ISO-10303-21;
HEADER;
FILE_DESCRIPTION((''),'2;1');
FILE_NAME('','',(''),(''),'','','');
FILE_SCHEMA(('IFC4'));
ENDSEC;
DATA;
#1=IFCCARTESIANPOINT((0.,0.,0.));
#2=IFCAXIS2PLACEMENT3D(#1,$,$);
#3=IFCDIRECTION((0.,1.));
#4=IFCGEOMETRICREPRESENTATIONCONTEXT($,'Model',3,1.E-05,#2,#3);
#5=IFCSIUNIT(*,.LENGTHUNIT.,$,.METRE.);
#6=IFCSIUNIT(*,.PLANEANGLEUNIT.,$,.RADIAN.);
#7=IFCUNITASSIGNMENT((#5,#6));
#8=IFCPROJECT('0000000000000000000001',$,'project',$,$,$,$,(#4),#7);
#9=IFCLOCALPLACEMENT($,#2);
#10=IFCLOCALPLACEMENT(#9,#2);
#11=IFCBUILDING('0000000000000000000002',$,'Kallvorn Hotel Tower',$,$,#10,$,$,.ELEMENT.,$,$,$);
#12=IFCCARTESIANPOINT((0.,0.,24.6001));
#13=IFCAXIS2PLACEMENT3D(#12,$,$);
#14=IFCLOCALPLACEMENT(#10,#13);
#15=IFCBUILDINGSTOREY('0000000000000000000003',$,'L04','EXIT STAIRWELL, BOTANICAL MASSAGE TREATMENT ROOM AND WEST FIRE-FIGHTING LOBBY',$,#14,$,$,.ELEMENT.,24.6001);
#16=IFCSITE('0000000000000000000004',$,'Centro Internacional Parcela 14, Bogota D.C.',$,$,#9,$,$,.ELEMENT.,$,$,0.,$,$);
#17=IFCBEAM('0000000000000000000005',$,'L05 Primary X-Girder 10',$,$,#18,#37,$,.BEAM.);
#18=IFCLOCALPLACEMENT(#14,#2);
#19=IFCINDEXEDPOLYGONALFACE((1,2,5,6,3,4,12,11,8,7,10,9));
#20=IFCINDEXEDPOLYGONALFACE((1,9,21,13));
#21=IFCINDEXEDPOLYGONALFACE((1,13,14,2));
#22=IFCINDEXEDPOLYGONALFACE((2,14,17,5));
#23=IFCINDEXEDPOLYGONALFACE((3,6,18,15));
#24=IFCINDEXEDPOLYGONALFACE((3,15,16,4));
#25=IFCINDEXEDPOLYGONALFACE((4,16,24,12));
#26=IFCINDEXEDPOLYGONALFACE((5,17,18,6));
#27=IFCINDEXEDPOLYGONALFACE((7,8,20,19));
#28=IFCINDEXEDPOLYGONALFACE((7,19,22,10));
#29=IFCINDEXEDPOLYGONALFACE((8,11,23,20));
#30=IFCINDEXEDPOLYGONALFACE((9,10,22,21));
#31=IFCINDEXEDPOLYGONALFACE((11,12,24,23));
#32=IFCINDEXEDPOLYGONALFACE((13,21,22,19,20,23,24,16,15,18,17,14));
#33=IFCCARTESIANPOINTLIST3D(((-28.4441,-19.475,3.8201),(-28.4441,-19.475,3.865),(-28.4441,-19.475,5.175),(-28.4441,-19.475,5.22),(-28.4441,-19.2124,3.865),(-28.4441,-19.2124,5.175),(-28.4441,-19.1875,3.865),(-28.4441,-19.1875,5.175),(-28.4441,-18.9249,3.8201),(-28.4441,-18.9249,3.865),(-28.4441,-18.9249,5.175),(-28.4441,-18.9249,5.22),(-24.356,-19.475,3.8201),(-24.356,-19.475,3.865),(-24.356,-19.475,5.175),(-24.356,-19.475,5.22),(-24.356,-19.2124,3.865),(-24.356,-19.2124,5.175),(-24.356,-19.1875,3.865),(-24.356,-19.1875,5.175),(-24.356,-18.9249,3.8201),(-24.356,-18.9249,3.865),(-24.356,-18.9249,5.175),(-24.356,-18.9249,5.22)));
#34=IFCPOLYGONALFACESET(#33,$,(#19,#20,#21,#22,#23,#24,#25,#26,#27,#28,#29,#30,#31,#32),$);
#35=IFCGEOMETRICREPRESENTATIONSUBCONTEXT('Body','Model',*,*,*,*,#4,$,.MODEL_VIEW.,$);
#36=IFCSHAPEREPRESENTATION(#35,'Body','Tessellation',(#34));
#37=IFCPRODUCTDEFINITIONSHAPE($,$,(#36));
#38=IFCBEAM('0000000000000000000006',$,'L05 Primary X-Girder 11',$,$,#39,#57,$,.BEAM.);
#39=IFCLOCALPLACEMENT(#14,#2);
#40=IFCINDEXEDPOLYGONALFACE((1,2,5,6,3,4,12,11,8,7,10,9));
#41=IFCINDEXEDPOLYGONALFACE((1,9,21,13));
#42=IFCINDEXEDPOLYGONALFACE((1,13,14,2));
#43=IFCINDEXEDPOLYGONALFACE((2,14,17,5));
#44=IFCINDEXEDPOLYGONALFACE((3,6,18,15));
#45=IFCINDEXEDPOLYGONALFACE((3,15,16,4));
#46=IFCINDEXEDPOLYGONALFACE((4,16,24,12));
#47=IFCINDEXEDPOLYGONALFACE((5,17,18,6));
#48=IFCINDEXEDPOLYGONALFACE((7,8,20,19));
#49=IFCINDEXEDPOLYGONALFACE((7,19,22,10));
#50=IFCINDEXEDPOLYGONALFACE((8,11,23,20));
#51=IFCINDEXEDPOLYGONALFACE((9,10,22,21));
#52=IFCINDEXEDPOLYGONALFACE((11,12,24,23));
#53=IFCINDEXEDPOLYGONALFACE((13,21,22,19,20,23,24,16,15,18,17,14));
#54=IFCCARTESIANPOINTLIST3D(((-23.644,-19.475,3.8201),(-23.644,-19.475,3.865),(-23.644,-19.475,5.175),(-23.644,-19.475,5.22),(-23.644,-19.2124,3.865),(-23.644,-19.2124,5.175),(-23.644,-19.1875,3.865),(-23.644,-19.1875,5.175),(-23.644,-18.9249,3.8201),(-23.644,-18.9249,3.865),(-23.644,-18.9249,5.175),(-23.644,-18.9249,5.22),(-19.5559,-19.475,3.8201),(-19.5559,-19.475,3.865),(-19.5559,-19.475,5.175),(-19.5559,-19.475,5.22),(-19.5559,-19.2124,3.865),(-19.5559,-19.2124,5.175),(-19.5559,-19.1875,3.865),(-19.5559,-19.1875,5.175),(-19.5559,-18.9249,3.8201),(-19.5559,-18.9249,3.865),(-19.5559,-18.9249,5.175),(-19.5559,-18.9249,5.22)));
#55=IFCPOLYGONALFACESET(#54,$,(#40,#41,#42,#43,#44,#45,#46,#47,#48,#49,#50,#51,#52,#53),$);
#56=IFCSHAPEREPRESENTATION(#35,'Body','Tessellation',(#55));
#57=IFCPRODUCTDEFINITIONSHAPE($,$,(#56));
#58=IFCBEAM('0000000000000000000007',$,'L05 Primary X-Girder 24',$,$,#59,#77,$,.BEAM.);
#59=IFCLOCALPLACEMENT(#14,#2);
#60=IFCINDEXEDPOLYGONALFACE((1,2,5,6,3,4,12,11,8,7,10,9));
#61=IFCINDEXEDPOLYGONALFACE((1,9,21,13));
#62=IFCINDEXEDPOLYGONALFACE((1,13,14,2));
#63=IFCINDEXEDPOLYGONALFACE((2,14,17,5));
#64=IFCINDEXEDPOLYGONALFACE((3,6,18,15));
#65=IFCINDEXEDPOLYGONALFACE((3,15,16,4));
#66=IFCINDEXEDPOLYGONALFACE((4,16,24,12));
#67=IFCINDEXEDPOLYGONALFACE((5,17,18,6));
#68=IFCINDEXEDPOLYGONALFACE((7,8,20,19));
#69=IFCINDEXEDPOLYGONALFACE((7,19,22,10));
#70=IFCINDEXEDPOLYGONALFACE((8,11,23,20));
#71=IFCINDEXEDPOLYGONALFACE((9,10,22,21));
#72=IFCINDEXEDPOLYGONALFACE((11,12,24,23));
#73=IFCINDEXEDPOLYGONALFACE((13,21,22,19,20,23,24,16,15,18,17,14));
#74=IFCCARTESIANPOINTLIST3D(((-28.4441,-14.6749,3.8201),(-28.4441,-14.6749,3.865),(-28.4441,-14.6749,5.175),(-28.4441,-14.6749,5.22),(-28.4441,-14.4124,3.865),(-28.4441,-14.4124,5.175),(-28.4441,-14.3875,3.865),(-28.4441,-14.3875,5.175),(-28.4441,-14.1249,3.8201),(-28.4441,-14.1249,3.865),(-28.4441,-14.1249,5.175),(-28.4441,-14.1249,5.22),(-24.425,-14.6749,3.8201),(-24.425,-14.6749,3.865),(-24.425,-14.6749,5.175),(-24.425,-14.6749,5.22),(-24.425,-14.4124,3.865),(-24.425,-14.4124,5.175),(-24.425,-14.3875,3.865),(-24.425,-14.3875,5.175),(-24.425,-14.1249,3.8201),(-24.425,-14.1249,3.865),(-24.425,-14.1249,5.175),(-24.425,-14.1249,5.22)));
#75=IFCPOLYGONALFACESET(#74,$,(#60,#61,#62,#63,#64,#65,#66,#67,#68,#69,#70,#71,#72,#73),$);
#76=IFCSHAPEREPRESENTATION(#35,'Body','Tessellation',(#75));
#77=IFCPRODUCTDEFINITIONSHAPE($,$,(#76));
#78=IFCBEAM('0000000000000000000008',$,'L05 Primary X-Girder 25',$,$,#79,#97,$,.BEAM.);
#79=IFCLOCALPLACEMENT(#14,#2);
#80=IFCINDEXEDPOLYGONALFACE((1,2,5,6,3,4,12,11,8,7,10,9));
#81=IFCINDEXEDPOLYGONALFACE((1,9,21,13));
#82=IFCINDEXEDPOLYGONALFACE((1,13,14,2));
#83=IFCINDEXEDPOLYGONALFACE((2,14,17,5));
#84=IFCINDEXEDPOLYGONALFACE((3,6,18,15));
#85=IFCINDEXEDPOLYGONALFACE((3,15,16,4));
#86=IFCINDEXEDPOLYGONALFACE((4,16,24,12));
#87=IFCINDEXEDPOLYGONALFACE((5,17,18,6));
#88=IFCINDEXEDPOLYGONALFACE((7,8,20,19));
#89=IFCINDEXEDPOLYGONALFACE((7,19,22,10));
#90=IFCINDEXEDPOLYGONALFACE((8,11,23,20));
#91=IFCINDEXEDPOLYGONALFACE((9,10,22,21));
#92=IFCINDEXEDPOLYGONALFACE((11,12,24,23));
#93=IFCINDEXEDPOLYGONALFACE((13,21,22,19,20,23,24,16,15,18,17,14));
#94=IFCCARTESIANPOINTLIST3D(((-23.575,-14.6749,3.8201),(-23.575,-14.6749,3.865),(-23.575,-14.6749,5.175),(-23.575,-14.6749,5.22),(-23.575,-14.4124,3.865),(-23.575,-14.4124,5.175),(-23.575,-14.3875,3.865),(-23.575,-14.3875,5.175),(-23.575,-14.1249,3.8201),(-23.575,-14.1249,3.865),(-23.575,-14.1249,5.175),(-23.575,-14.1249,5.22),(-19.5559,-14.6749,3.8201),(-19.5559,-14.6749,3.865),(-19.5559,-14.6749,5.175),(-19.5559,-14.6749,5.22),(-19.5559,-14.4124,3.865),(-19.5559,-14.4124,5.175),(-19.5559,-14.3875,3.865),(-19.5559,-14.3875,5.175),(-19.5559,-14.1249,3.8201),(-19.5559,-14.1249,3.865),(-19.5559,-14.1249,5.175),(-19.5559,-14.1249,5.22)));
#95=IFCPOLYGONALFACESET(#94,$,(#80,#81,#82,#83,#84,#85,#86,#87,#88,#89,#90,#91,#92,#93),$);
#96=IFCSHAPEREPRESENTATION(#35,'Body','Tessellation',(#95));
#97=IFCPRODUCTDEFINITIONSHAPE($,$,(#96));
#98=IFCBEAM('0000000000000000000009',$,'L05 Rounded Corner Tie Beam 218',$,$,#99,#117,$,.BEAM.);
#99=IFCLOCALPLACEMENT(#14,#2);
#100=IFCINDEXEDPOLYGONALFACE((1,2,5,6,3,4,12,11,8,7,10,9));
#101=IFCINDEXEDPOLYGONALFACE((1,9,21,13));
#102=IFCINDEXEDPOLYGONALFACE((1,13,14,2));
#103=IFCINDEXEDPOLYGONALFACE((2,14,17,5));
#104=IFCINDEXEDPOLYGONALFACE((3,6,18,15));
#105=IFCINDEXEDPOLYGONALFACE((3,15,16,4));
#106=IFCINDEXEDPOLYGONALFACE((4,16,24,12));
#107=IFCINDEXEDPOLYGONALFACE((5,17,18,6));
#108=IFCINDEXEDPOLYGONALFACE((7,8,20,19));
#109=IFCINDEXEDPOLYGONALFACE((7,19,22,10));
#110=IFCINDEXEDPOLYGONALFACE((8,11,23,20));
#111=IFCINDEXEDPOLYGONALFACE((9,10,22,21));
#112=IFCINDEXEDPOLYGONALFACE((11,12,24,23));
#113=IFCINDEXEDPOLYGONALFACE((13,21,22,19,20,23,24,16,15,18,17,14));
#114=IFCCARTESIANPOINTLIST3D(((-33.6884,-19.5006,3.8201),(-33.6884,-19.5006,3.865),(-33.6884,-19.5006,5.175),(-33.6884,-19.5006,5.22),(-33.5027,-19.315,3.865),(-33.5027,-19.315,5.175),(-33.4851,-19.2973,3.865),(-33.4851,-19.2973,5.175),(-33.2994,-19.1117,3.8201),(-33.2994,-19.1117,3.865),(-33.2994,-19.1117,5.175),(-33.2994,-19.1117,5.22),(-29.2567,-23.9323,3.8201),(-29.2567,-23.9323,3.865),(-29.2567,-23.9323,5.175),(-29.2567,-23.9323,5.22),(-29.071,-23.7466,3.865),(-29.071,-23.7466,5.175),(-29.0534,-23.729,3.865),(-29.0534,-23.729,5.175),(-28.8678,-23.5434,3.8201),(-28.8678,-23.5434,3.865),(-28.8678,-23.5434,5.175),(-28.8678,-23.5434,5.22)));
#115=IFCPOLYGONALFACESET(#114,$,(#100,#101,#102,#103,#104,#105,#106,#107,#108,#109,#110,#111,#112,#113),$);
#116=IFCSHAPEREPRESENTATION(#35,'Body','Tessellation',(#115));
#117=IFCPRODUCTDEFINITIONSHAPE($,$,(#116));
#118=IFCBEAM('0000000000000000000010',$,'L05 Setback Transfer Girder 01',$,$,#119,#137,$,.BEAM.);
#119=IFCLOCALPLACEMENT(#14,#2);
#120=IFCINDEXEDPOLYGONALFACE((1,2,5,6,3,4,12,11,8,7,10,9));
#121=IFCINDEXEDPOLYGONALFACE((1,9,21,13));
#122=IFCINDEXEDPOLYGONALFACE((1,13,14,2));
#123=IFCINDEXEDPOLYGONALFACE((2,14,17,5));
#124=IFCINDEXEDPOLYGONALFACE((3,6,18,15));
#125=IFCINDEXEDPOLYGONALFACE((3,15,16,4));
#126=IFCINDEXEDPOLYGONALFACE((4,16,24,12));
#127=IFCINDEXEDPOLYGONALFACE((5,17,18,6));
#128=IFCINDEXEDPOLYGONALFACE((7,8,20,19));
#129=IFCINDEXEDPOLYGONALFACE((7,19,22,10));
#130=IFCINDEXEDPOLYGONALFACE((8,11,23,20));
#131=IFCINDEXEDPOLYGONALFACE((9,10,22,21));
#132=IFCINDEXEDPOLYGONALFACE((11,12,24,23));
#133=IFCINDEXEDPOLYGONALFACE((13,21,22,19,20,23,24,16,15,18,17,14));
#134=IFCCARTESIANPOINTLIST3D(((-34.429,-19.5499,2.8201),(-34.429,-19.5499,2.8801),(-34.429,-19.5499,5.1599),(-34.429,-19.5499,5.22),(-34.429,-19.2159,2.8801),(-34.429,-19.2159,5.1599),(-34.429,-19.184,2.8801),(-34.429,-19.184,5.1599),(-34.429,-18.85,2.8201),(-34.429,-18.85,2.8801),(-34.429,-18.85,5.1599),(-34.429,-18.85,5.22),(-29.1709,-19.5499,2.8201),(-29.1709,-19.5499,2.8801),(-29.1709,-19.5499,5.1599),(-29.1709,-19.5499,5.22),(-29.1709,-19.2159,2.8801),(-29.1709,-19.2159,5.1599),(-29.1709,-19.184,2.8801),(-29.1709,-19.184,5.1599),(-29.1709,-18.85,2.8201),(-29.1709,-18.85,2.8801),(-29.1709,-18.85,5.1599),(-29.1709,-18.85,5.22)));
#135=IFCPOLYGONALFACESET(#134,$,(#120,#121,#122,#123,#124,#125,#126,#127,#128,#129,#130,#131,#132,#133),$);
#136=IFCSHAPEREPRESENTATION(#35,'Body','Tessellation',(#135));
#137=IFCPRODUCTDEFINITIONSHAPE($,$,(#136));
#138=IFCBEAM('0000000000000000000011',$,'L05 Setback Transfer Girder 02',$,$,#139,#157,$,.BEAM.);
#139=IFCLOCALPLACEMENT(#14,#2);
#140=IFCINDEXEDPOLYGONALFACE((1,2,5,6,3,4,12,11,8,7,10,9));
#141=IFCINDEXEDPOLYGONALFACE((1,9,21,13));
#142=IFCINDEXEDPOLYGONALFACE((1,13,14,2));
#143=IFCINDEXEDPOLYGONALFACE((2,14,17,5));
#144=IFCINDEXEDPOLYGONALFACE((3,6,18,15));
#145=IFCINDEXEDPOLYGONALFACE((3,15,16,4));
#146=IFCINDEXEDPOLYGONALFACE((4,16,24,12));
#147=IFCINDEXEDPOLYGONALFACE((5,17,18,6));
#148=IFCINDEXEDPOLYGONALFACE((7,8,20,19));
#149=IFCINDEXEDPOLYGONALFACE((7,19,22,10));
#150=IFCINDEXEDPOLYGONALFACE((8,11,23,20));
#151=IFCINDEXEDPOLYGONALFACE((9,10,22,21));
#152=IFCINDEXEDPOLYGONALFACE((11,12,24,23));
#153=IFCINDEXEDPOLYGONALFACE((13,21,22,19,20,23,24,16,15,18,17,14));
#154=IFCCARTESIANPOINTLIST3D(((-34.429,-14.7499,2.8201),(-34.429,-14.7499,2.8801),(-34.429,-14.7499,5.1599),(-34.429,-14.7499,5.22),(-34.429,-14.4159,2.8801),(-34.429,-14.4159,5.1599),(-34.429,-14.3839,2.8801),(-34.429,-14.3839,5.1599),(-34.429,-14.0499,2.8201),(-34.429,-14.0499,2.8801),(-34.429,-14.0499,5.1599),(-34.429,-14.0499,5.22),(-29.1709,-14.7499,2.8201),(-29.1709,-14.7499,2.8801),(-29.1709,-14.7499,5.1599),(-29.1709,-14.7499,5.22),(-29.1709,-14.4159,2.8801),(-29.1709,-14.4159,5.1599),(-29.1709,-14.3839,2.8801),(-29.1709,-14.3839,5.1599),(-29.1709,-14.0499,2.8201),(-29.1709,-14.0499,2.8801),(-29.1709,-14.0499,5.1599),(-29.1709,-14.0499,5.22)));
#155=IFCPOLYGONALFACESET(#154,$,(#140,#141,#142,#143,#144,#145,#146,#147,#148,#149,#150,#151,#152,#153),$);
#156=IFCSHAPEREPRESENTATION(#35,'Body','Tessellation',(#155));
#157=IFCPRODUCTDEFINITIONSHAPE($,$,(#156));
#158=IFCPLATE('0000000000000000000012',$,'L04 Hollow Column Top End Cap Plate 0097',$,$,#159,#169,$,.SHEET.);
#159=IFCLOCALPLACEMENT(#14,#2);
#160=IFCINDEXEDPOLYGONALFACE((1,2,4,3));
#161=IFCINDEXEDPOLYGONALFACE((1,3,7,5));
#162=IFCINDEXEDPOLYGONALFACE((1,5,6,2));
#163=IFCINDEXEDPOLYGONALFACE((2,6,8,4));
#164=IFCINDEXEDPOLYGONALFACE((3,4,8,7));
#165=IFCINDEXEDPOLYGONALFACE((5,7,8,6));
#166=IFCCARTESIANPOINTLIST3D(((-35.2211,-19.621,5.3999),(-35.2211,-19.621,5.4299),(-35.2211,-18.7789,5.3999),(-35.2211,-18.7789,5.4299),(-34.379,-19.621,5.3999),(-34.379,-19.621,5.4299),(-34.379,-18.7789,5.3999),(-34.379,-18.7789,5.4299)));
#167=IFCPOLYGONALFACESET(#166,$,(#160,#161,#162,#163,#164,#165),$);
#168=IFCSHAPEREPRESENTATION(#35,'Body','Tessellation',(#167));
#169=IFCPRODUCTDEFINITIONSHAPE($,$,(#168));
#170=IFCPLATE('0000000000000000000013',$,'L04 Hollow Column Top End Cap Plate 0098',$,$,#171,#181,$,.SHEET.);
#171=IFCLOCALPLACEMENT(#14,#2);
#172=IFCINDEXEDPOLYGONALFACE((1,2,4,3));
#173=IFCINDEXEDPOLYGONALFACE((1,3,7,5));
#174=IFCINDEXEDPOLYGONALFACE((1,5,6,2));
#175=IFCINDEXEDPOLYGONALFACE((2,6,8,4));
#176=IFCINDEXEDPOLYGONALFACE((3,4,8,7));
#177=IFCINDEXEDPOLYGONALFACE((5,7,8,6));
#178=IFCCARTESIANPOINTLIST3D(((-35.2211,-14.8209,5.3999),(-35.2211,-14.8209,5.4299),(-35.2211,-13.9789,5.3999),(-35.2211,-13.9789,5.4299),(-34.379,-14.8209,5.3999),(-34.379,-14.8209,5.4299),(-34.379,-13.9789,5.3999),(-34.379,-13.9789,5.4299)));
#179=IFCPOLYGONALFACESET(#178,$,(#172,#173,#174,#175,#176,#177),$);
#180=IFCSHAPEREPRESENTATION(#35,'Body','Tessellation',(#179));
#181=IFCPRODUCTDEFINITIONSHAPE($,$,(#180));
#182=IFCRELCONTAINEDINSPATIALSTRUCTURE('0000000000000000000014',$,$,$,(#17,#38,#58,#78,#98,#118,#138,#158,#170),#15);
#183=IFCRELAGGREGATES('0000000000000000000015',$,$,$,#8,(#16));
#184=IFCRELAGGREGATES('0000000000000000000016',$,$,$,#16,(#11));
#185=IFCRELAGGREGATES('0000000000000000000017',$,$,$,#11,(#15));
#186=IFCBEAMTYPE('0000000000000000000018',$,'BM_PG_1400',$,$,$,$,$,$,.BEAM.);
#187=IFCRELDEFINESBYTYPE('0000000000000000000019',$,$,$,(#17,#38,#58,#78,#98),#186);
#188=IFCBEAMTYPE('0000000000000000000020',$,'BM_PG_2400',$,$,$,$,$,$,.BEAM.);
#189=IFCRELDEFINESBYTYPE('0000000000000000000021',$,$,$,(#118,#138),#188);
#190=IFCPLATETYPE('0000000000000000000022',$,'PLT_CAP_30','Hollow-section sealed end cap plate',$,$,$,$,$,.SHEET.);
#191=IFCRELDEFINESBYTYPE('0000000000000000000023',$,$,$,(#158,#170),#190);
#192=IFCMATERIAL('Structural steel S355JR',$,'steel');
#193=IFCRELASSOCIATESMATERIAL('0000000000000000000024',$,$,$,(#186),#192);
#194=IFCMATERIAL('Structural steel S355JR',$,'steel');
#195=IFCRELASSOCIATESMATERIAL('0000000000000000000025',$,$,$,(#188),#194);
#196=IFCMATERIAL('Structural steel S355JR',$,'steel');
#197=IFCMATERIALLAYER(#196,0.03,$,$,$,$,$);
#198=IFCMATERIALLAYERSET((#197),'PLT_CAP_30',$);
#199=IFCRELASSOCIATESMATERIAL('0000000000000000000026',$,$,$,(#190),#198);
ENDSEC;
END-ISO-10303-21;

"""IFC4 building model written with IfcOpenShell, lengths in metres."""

from ifc_helpers import new_model, si_unit, direction, frame, origin, origin_2d, place, context, subcontext, project, spatial, rectangle, i_section, extrude, material, layer, layer_set, material_profile, profile_set, type_object, element, save


model = new_model("IFC4")

# Units and contexts
model_context = context("Model", 3, precision=1e-05, world=origin(), true_north=direction((0.0, 1.0)))
body_context = subcontext(model_context, "Body", "Model", "MODEL_VIEW")
ifc_project = project(units=[si_unit("LENGTHUNIT", "METRE"), si_unit("PLANEANGLEUNIT", "RADIAN")], contexts=[model_context])

# Site, building, storey
site_placement = place(None, origin())
site = spatial("IfcSite", under=ifc_project, at=site_placement, Name="Centro Internacional Parcela 14, Bogota D.C.", CompositionType="ELEMENT", RefElevation=0.0)
building_placement = place(site_placement, origin())
building = spatial("IfcBuilding", under=site, at=building_placement, Name="Kallvorn Hotel Tower", CompositionType="ELEMENT")
storey_placement = place(building_placement, frame((0.0, 0.0, 24.6001)))
storey = spatial("IfcBuildingStorey", under=building, at=storey_placement, Name="L04", Description="EXIT STAIRWELL, BOTANICAL MASSAGE TREATMENT ROOM AND WEST FIRE-FIGHTING LOBBY", CompositionType="ELEMENT", Elevation=24.6001)

# Beams
ifc_material_1 = material(Name="Structural steel S355JR", Category="steel")
ifc_material_profile_1 = material_profile(ifc_material_1, i_section(OverallWidth=0.55, OverallDepth=1.3999, WebThickness=0.0249, FlangeThickness=0.0449, at=origin_2d()), Name="PG 1400x550x25x45")
ifc_profile_set_1 = profile_set([ifc_material_profile_1], Name="Structural steel S355JR")
beam_type_1 = type_object("IfcBeamType", Name="BM_PG_1400", PredefinedType="BEAM", material=ifc_profile_set_1)
for number, where, z_axis, x_axis, name in (
    (1, (-28.4441, -19.2, 4.52), (1.0, 0.0, 0.0), (0.0, 1.0, 0.0), "L05 Primary X-Girder 10"),
    (2, (-23.644, -19.2, 4.52), (1.0, 0.0, 0.0), (0.0, 1.0, 0.0), "L05 Primary X-Girder 11"),
):
    element("IfcBeam", number, at=place(storey_placement, frame(where, z_axis=z_axis, x_axis=x_axis)), inside=storey, type_object=beam_type_1, Name=name, PredefinedType="BEAM", context=body_context, shape_type="SweptSolid", body=[
        extrude(i_section(OverallWidth=0.55, OverallDepth=1.3999, WebThickness=0.0249, FlangeThickness=0.0449, at=origin_2d()), origin(), (0.0, 0.0, 1.0), 4.0881),
    ])
for number, where, z_axis, x_axis, name in (
    (3, (-28.4441, -14.3999, 4.52), (1.0, 0.0, 0.0), (0.0, 1.0, 0.0), "L05 Primary X-Girder 24"),
    (4, (-23.575, -14.3999, 4.52), (1.0, 0.0, 0.0), (0.0, 1.0, 0.0), "L05 Primary X-Girder 25"),
):
    element("IfcBeam", number, at=place(storey_placement, frame(where, z_axis=z_axis, x_axis=x_axis)), inside=storey, type_object=beam_type_1, Name=name, PredefinedType="BEAM", context=body_context, shape_type="SweptSolid", body=[
        extrude(i_section(OverallWidth=0.55, OverallDepth=1.3999, WebThickness=0.0249, FlangeThickness=0.0449, at=origin_2d()), origin(), (0.0, 0.0, 1.0), 4.019),
    ])
beam_1_placement = place(storey_placement, frame((-33.4939, -19.3062, 4.52), z_axis=(0.707107, -0.707107, 0.0), x_axis=(0.707107, 0.707107, 0.0)))
element("IfcBeam", 5, at=beam_1_placement, inside=storey, type_object=beam_type_1, Name="L05 Rounded Corner Tie Beam 218", PredefinedType="BEAM", context=body_context, shape_type="SweptSolid", body=[
    extrude(i_section(OverallWidth=0.55, OverallDepth=1.3999, WebThickness=0.0249, FlangeThickness=0.0449, at=origin_2d()), origin(), (0.0, 0.0, 1.0), 6.2673),
])
ifc_material_2 = material(Name="Structural steel S355JR", Category="steel")
ifc_material_profile_2 = material_profile(ifc_material_2, i_section(OverallWidth=0.7, OverallDepth=2.3999, WebThickness=0.032, FlangeThickness=0.0601, at=origin_2d()), Name="PG 2400x700x32x60")
ifc_profile_set_2 = profile_set([ifc_material_profile_2], Name="Structural steel S355JR")
beam_type_2 = type_object("IfcBeamType", Name="BM_PG_2400", PredefinedType="BEAM", material=ifc_profile_set_2)
for number, where, z_axis, x_axis, name in (
    (6, (-34.429, -19.2, 4.02), (1.0, 0.0, 0.0), (0.0, 1.0, 0.0), "L05 Setback Transfer Girder 01"),
    (7, (-34.429, -14.3999, 4.02), (1.0, 0.0, 0.0), (0.0, 1.0, 0.0), "L05 Setback Transfer Girder 02"),
):
    element("IfcBeam", number, at=place(storey_placement, frame(where, z_axis=z_axis, x_axis=x_axis)), inside=storey, type_object=beam_type_2, Name=name, PredefinedType="BEAM", context=body_context, shape_type="SweptSolid", body=[
        extrude(i_section(OverallWidth=0.7, OverallDepth=2.3999, WebThickness=0.032, FlangeThickness=0.0601, at=origin_2d()), origin(), (0.0, 0.0, 1.0), 5.2581),
    ])

# Plates
ifc_material_3 = material(Name="Structural steel S355JR", Category="steel")
ifc_layer_1 = layer(ifc_material_3, 0.03)
ifc_layer_set_1 = layer_set([ifc_layer_1], Name="PLT_CAP_30")
plate_type = type_object("IfcPlateType", Name="PLT_CAP_30", Description="Hollow-section sealed end cap plate", PredefinedType="SHEET", material=ifc_layer_set_1)
for number, where, z_axis, x_axis, name in (
    (8, (-34.8, -19.2, 5.3999), (0.0, 0.0, 1.0), (1.0, 0.0, 0.0), "L04 Hollow Column Top End Cap Plate 0097"),
    (9, (-34.8, -14.3999, 5.3999), (0.0, 0.0, 1.0), (1.0, 0.0, 0.0), "L04 Hollow Column Top End Cap Plate 0098"),
):
    element("IfcPlate", number, at=place(storey_placement, frame(where, z_axis=z_axis, x_axis=x_axis)), inside=storey, type_object=plate_type, Name=name, PredefinedType="SHEET", context=body_context, shape_type="SweptSolid", body=[
        extrude(rectangle(XDim=0.842, YDim=0.842, at=origin_2d()), origin(), (0.0, 0.0, 1.0), 0.03),
    ])

save(model, "model.ifc")
